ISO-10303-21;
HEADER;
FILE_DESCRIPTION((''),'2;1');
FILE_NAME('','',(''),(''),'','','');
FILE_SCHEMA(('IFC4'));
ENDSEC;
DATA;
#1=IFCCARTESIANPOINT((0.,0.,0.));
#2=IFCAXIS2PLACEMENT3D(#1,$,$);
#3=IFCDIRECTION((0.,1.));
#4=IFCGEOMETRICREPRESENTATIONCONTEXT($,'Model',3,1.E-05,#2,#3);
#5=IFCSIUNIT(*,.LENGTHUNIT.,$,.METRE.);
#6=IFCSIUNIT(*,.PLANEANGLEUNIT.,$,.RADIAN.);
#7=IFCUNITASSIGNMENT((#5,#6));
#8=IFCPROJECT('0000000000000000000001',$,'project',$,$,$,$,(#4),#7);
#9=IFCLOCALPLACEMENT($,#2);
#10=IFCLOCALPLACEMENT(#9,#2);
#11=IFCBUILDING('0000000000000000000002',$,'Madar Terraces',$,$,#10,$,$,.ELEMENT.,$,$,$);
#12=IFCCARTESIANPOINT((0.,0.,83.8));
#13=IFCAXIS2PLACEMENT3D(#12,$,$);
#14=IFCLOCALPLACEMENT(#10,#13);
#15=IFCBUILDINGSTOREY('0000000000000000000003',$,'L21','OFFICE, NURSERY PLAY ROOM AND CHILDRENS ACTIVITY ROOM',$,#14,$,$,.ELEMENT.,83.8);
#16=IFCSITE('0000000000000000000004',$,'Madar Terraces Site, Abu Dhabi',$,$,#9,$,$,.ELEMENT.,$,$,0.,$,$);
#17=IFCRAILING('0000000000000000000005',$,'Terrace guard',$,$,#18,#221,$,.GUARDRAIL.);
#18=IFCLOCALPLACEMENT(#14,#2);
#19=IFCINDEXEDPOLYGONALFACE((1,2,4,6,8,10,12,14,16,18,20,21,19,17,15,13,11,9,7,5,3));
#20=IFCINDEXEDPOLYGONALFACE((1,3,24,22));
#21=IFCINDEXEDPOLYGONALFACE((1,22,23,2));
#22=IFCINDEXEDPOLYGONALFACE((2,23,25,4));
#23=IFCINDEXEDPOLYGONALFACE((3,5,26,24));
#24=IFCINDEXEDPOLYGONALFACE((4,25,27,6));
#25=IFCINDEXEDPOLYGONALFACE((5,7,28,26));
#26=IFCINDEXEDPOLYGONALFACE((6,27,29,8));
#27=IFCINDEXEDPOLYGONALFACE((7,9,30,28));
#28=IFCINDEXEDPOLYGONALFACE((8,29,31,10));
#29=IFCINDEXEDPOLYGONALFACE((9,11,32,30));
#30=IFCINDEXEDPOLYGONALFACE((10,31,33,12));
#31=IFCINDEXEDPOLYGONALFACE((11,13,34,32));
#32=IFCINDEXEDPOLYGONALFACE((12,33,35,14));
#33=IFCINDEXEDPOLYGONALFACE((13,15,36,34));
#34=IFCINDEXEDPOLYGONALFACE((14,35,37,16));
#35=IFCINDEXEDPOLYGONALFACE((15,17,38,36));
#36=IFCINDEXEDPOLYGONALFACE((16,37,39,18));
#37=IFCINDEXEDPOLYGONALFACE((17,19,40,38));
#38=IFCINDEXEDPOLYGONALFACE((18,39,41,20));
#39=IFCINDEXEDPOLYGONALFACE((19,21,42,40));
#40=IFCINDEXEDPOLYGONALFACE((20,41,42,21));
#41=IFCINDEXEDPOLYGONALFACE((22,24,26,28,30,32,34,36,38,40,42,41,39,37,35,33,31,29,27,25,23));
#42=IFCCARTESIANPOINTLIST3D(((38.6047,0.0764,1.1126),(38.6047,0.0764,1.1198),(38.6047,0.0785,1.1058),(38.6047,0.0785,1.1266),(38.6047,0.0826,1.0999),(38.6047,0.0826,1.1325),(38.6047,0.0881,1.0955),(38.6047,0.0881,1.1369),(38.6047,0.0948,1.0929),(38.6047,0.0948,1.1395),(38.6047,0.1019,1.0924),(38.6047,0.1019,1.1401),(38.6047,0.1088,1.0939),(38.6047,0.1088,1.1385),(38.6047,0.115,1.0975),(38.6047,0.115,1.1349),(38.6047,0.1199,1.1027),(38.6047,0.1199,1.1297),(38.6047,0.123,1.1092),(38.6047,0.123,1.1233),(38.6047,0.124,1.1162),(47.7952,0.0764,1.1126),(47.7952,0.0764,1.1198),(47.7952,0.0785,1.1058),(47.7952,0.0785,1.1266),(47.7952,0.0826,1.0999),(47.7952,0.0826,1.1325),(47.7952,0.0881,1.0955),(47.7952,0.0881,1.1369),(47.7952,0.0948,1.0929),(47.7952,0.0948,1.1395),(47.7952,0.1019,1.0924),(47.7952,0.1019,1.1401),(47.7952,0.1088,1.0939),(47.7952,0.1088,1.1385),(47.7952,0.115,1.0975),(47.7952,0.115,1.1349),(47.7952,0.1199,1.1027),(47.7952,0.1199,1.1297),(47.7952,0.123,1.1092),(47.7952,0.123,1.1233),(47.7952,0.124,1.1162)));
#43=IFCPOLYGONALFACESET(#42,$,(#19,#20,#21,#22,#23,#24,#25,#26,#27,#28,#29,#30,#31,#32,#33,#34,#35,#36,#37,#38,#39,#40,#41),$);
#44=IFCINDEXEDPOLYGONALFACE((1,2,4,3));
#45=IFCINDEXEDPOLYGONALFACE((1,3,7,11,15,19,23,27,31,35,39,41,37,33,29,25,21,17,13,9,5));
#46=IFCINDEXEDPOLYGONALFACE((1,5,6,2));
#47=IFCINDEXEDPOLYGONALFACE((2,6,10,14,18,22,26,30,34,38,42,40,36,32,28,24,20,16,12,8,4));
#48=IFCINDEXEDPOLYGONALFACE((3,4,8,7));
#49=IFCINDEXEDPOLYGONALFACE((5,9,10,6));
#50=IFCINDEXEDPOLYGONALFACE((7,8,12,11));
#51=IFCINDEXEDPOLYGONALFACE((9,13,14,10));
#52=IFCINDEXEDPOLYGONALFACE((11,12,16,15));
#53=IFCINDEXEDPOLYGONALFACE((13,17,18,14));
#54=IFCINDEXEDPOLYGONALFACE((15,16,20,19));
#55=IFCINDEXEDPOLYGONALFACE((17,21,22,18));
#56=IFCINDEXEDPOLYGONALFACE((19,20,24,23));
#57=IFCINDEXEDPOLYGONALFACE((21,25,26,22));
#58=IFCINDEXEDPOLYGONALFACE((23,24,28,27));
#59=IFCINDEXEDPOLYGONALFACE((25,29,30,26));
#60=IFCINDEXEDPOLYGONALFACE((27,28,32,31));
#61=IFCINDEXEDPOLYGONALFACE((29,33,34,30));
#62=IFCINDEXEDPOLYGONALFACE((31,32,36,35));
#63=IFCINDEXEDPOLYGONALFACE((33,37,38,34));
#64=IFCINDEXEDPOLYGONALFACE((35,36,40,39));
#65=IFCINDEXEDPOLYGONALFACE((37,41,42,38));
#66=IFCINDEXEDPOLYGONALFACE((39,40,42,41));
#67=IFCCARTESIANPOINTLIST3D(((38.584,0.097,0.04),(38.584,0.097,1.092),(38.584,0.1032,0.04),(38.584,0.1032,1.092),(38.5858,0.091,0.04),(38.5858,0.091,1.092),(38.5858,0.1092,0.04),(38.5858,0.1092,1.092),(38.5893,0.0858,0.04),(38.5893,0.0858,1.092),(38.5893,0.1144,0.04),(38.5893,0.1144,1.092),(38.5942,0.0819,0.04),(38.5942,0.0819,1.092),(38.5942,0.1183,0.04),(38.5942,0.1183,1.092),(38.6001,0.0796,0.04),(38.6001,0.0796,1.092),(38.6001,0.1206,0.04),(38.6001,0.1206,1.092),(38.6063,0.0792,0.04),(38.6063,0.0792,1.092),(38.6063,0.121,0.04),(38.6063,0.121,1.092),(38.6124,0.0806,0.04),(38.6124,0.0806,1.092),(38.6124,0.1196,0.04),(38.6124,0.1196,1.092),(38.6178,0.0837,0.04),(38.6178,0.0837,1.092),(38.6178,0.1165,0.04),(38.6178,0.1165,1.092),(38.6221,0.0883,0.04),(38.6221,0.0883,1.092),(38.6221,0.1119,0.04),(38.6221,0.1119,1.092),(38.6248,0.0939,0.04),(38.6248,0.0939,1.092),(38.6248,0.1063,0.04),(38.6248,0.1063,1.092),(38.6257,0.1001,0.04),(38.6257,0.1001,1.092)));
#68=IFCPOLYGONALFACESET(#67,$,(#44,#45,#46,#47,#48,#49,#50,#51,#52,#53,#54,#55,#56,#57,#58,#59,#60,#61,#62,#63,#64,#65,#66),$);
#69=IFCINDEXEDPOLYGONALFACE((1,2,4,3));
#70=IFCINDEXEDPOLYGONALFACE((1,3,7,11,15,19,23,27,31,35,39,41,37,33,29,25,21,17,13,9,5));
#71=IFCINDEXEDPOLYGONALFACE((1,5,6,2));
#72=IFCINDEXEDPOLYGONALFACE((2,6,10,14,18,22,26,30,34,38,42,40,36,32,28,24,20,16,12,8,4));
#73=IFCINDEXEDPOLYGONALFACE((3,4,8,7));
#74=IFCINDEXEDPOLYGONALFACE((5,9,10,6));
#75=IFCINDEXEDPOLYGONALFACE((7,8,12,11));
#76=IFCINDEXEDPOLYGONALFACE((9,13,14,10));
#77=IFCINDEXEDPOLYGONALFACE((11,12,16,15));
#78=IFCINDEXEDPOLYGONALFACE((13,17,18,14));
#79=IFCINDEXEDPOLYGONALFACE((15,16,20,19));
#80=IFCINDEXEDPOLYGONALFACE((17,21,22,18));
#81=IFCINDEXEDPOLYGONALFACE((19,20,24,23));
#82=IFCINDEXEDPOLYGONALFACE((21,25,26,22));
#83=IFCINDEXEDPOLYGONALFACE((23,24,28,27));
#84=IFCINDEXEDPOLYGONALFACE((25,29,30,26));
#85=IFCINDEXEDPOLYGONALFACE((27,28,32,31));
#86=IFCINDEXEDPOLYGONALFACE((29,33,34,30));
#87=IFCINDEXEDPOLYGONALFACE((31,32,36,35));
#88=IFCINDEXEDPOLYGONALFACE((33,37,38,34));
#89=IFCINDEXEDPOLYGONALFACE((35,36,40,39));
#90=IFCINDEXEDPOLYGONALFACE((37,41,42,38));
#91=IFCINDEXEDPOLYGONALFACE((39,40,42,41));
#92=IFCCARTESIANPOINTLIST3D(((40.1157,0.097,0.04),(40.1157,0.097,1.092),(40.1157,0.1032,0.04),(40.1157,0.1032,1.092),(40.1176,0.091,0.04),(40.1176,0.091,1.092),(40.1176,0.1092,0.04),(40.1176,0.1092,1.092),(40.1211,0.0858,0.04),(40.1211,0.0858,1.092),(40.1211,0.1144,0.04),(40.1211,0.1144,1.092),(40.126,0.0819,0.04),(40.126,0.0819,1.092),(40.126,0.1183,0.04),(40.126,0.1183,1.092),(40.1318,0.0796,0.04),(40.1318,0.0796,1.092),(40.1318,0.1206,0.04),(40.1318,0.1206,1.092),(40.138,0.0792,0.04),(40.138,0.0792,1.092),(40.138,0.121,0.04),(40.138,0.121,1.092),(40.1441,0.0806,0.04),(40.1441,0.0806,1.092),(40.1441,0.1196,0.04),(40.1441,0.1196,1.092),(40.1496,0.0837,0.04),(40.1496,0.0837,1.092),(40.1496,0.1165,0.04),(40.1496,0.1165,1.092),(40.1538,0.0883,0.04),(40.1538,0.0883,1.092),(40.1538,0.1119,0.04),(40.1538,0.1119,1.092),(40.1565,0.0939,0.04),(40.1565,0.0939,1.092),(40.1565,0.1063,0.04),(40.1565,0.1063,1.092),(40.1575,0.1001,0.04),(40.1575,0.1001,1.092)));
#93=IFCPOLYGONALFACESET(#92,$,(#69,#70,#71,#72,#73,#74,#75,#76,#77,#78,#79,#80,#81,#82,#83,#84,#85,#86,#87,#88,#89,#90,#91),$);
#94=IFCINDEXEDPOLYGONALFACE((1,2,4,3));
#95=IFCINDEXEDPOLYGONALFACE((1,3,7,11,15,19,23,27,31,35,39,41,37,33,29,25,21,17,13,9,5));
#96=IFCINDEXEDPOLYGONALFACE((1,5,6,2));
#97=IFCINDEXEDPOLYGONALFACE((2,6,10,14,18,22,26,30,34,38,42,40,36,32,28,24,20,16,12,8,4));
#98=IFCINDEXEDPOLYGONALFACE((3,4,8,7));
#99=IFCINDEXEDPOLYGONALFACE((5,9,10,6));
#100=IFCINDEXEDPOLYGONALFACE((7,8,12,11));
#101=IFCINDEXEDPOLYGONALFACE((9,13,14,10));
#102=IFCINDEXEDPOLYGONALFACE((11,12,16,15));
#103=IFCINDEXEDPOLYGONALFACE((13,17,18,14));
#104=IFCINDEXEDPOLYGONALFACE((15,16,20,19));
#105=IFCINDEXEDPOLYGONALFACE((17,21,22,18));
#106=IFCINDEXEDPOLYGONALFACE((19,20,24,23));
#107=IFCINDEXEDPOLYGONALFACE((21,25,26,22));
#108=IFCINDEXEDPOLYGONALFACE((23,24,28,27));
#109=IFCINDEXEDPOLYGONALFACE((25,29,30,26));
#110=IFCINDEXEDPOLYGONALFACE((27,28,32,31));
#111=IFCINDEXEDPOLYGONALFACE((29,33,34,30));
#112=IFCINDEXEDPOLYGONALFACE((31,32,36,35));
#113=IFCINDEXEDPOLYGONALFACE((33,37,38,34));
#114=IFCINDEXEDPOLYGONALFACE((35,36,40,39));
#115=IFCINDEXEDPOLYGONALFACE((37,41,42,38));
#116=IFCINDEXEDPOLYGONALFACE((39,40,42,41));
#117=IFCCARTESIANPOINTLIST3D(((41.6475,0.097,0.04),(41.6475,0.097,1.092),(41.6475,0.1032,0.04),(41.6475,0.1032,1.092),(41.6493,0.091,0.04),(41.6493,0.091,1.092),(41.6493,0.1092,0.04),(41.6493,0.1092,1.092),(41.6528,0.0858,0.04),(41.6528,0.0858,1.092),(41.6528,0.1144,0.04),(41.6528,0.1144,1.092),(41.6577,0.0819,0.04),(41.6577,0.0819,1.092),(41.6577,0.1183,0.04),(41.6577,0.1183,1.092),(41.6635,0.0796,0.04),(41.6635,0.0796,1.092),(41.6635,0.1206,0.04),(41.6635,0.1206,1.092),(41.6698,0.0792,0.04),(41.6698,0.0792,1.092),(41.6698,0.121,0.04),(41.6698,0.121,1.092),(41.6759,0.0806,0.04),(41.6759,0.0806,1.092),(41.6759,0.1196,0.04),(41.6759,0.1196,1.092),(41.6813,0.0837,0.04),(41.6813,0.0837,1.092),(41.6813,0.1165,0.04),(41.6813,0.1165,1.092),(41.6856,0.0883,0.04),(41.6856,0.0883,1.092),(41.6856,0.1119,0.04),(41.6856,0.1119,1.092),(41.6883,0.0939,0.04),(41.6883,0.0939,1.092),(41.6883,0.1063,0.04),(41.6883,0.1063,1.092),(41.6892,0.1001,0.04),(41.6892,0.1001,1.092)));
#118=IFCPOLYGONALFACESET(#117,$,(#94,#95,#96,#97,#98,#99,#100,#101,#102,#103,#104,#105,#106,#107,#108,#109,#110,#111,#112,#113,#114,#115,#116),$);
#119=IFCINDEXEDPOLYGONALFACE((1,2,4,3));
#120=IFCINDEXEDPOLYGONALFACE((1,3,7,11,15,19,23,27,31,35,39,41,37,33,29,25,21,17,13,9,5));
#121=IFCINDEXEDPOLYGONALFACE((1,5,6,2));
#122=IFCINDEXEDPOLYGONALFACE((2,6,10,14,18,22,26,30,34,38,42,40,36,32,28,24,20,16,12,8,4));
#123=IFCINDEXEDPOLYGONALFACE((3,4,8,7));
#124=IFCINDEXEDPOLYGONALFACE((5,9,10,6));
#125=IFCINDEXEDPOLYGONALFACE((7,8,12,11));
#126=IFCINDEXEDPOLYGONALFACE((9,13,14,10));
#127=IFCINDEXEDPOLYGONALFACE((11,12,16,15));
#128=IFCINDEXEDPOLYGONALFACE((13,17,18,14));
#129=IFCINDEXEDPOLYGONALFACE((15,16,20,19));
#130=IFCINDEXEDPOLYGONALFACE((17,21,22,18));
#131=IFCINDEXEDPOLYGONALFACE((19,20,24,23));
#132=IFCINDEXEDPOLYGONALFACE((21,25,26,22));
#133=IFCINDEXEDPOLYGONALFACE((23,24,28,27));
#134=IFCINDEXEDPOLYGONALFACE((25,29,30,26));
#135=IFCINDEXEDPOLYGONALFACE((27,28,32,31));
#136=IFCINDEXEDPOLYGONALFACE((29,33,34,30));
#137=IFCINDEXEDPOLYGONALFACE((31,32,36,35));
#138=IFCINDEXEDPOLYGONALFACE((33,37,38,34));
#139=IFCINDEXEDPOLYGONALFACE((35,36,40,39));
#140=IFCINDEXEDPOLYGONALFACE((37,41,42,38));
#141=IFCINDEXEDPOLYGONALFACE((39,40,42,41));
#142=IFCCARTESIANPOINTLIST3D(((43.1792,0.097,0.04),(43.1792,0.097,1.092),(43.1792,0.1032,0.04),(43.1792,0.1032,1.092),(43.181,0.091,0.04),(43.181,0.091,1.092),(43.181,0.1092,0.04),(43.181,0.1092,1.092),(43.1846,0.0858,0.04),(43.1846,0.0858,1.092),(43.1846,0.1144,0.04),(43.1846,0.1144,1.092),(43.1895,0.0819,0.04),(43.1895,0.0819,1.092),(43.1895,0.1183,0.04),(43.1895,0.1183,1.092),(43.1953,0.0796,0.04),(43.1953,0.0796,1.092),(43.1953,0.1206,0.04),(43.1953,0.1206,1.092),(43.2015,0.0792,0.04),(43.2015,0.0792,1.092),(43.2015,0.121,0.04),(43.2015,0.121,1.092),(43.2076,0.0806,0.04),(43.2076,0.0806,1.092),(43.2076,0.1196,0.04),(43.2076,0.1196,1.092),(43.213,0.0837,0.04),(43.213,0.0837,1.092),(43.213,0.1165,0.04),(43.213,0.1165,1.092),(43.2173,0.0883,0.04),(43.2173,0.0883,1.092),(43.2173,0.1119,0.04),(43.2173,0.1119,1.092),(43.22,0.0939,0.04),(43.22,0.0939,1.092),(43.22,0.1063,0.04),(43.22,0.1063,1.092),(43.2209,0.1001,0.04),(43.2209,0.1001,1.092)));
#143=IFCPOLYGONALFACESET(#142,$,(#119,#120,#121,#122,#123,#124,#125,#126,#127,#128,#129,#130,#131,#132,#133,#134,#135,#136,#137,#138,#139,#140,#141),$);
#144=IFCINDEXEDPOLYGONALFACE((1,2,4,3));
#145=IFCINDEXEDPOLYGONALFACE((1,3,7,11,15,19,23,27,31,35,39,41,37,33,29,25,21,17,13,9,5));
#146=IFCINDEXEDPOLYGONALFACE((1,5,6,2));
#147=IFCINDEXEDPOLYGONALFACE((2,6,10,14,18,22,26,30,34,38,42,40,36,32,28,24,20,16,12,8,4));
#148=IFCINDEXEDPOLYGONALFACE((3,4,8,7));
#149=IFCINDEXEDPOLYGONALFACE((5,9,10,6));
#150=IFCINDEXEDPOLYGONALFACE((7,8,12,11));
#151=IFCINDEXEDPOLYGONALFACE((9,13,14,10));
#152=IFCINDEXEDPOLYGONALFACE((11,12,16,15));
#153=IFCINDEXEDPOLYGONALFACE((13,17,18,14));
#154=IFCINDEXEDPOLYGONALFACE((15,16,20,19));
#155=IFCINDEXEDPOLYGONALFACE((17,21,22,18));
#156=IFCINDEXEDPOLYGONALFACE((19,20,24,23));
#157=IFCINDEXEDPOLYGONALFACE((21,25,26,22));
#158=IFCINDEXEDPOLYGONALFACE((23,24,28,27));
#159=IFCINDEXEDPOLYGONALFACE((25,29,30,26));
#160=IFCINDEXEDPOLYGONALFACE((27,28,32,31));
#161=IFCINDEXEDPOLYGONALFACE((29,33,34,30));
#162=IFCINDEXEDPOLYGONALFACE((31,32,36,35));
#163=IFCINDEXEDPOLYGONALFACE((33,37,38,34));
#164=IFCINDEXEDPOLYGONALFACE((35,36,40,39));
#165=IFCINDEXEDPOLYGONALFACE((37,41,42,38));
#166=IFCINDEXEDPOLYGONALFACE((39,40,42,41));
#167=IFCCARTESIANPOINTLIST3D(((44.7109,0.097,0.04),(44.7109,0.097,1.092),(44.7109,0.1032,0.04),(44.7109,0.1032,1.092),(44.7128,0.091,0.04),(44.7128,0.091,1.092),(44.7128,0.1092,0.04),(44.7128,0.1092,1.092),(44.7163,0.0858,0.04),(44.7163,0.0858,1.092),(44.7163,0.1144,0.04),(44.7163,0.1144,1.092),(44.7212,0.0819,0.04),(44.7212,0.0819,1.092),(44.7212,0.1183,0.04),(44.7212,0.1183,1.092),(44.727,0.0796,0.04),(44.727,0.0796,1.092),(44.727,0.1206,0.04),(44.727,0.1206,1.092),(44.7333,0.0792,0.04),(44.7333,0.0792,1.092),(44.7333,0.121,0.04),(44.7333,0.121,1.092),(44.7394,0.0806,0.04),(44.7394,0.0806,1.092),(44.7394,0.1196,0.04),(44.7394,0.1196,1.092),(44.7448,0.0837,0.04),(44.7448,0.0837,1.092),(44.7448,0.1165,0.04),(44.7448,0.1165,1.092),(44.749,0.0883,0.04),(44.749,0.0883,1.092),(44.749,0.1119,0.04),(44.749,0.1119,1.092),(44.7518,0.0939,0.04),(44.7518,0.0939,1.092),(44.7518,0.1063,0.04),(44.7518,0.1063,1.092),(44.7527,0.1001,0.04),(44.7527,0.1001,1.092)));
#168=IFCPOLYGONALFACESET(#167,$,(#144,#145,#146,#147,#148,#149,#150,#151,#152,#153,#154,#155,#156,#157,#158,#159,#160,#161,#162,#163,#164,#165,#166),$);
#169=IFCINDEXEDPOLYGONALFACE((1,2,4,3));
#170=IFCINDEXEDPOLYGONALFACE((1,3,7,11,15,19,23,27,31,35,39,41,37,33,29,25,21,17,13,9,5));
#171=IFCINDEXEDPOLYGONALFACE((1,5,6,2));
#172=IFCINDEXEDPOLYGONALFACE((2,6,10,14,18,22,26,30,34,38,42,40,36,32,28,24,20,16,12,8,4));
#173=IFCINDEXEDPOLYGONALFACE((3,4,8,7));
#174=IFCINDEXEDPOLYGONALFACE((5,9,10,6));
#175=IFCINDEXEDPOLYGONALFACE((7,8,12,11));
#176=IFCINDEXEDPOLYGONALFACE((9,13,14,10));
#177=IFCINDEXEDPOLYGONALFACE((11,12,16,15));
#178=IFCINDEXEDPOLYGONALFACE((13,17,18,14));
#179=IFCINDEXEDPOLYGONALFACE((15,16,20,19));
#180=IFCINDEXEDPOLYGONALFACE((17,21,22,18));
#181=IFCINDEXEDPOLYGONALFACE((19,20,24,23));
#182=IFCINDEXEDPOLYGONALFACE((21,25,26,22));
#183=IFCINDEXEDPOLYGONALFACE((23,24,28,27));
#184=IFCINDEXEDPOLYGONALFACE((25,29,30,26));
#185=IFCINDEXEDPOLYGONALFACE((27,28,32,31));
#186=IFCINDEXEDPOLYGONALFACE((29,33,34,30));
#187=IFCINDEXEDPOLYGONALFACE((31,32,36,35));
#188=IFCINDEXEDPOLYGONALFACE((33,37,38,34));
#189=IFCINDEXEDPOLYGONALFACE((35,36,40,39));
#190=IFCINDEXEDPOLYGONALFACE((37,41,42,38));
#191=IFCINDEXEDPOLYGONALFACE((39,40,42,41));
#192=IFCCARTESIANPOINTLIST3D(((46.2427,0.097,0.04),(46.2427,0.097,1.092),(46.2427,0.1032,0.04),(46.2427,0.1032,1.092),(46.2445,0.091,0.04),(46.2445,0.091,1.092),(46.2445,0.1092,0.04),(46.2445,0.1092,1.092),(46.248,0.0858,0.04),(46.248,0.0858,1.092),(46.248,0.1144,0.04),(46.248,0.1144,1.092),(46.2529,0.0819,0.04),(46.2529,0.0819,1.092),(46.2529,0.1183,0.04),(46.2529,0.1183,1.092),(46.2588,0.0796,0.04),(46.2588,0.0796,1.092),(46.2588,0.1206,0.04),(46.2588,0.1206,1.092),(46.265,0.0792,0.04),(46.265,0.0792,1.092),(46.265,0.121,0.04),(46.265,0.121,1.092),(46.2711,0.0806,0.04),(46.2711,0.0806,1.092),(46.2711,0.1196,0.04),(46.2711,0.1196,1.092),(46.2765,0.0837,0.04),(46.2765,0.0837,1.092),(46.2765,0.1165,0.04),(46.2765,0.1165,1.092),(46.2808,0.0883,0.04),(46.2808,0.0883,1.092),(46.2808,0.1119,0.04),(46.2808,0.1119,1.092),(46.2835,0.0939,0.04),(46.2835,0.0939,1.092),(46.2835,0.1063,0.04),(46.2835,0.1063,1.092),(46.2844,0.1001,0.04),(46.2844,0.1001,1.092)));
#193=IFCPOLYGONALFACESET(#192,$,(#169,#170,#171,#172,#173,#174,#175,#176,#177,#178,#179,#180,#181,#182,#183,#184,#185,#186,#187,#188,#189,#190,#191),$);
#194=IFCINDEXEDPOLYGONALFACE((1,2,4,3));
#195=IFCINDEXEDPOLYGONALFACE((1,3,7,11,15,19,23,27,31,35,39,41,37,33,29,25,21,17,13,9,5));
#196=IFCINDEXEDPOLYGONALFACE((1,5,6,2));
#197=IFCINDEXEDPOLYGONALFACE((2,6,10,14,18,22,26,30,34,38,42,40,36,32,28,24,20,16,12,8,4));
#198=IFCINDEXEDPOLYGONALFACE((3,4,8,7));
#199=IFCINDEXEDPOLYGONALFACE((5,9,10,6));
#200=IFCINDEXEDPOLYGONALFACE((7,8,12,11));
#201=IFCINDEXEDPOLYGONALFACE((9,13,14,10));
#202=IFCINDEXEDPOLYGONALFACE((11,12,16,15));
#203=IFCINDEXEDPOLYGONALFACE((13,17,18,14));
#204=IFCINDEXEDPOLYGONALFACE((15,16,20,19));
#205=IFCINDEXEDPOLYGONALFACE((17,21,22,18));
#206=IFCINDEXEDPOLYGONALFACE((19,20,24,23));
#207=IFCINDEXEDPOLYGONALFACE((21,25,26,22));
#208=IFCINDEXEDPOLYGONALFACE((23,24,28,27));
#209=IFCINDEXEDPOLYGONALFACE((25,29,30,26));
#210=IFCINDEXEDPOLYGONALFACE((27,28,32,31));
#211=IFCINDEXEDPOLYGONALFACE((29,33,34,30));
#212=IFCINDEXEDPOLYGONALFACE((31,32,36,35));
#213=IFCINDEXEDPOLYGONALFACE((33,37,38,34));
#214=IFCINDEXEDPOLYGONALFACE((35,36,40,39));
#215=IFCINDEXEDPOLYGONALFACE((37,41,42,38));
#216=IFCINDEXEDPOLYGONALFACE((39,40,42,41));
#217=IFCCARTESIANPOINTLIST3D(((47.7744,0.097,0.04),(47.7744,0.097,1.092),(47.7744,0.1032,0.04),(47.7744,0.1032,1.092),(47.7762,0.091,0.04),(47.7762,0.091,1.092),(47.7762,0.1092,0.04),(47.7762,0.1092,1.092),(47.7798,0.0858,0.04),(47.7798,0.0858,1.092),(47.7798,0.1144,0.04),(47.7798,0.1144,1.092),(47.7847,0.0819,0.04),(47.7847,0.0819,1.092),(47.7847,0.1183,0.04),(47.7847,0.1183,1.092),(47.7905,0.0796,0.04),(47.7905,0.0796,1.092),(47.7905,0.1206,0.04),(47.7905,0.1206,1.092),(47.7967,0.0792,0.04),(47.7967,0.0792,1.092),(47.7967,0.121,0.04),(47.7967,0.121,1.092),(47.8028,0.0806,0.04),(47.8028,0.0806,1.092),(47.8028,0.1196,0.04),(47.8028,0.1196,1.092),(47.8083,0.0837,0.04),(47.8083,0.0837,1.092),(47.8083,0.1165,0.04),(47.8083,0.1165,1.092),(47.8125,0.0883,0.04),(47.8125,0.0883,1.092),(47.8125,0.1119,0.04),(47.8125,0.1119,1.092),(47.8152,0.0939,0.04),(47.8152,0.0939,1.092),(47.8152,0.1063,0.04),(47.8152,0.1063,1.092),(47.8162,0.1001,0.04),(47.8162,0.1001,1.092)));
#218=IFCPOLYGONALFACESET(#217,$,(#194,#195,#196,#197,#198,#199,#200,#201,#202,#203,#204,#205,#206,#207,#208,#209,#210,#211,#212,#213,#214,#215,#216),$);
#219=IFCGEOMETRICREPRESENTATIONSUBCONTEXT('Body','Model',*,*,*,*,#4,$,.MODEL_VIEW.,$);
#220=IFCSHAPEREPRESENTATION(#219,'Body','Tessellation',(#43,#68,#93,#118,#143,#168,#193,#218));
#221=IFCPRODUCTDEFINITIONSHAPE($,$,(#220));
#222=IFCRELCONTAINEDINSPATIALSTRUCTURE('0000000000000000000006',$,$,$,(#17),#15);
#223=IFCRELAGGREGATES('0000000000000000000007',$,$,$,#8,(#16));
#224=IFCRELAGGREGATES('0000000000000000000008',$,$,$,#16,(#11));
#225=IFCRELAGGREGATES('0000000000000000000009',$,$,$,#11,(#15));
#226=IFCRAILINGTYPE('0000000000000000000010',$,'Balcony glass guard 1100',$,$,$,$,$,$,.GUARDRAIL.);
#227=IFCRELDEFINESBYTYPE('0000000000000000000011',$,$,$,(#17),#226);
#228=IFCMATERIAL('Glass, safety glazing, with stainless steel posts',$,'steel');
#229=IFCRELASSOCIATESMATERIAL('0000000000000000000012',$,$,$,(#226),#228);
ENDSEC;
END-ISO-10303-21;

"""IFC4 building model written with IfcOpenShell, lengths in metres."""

from ifc_helpers import new_model, si_unit, direction, frame, origin, origin_2d, place, context, subcontext, project, spatial, circle, extrude, material, type_object, element, save


model = new_model("IFC4")

# Units and contexts
model_context = context("Model", 3, precision=1e-05, world=origin(), true_north=direction((0.0, 1.0)))
body_context = subcontext(model_context, "Body", "Model", "MODEL_VIEW")
ifc_project = project(units=[si_unit("LENGTHUNIT", "METRE"), si_unit("PLANEANGLEUNIT", "RADIAN")], contexts=[model_context])

# Site, building, storey
site_placement = place(None, origin())
site = spatial("IfcSite", under=ifc_project, at=site_placement, Name="Madar Terraces Site, Abu Dhabi", CompositionType="ELEMENT", RefElevation=0.0)
building_placement = place(site_placement, origin())
building = spatial("IfcBuilding", under=site, at=building_placement, Name="Madar Terraces", CompositionType="ELEMENT")
storey_placement = place(building_placement, frame((0.0, 0.0, 83.8)))
storey = spatial("IfcBuildingStorey", under=building, at=storey_placement, Name="L21", Description="OFFICE, NURSERY PLAY ROOM AND CHILDRENS ACTIVITY ROOM", CompositionType="ELEMENT", Elevation=83.8)

# Railing
ifc_material_1 = material(Name="Glass, safety glazing, with stainless steel posts", Category="steel")
railing_type = type_object("IfcRailingType", Name="Balcony glass guard 1100", PredefinedType="GUARDRAIL", material=ifc_material_1)
railing_1_placement = place(storey_placement, frame((38.6047, 0.1001, 0.04)))
element("IfcRailing", 1, at=railing_1_placement, inside=storey, type_object=railing_type, Name="Terrace guard", PredefinedType="GUARDRAIL", context=body_context, shape_type="SweptSolid", body=[
    extrude(circle(Radius=0.0239, at=origin_2d()), frame((0.0, 0.0, 1.0762), z_axis=(1.0, 0.0, 0.0), x_axis=(0.0, 1.0, 0.0)), (0.0, 0.0, 1.0), 9.1904),
    extrude(circle(Radius=0.021, at=origin_2d()), origin(), (0.0, 0.0, 1.0), 1.052),
    extrude(circle(Radius=0.021, at=origin_2d()), frame((1.5317, 0.0, 0.0)), (0.0, 0.0, 1.0), 1.052),
    extrude(circle(Radius=0.021, at=origin_2d()), frame((3.0635, 0.0, 0.0)), (0.0, 0.0, 1.0), 1.052),
    extrude(circle(Radius=0.021, at=origin_2d()), frame((4.5952, 0.0, 0.0)), (0.0, 0.0, 1.0), 1.052),
    extrude(circle(Radius=0.021, at=origin_2d()), frame((6.127, 0.0, 0.0)), (0.0, 0.0, 1.0), 1.052),
    extrude(circle(Radius=0.021, at=origin_2d()), frame((7.6587, 0.0, 0.0)), (0.0, 0.0, 1.0), 1.052),
    extrude(circle(Radius=0.021, at=origin_2d()), frame((9.1904, 0.0, 0.0)), (0.0, 0.0, 1.0), 1.052),
])

save(model, "model.ifc")
